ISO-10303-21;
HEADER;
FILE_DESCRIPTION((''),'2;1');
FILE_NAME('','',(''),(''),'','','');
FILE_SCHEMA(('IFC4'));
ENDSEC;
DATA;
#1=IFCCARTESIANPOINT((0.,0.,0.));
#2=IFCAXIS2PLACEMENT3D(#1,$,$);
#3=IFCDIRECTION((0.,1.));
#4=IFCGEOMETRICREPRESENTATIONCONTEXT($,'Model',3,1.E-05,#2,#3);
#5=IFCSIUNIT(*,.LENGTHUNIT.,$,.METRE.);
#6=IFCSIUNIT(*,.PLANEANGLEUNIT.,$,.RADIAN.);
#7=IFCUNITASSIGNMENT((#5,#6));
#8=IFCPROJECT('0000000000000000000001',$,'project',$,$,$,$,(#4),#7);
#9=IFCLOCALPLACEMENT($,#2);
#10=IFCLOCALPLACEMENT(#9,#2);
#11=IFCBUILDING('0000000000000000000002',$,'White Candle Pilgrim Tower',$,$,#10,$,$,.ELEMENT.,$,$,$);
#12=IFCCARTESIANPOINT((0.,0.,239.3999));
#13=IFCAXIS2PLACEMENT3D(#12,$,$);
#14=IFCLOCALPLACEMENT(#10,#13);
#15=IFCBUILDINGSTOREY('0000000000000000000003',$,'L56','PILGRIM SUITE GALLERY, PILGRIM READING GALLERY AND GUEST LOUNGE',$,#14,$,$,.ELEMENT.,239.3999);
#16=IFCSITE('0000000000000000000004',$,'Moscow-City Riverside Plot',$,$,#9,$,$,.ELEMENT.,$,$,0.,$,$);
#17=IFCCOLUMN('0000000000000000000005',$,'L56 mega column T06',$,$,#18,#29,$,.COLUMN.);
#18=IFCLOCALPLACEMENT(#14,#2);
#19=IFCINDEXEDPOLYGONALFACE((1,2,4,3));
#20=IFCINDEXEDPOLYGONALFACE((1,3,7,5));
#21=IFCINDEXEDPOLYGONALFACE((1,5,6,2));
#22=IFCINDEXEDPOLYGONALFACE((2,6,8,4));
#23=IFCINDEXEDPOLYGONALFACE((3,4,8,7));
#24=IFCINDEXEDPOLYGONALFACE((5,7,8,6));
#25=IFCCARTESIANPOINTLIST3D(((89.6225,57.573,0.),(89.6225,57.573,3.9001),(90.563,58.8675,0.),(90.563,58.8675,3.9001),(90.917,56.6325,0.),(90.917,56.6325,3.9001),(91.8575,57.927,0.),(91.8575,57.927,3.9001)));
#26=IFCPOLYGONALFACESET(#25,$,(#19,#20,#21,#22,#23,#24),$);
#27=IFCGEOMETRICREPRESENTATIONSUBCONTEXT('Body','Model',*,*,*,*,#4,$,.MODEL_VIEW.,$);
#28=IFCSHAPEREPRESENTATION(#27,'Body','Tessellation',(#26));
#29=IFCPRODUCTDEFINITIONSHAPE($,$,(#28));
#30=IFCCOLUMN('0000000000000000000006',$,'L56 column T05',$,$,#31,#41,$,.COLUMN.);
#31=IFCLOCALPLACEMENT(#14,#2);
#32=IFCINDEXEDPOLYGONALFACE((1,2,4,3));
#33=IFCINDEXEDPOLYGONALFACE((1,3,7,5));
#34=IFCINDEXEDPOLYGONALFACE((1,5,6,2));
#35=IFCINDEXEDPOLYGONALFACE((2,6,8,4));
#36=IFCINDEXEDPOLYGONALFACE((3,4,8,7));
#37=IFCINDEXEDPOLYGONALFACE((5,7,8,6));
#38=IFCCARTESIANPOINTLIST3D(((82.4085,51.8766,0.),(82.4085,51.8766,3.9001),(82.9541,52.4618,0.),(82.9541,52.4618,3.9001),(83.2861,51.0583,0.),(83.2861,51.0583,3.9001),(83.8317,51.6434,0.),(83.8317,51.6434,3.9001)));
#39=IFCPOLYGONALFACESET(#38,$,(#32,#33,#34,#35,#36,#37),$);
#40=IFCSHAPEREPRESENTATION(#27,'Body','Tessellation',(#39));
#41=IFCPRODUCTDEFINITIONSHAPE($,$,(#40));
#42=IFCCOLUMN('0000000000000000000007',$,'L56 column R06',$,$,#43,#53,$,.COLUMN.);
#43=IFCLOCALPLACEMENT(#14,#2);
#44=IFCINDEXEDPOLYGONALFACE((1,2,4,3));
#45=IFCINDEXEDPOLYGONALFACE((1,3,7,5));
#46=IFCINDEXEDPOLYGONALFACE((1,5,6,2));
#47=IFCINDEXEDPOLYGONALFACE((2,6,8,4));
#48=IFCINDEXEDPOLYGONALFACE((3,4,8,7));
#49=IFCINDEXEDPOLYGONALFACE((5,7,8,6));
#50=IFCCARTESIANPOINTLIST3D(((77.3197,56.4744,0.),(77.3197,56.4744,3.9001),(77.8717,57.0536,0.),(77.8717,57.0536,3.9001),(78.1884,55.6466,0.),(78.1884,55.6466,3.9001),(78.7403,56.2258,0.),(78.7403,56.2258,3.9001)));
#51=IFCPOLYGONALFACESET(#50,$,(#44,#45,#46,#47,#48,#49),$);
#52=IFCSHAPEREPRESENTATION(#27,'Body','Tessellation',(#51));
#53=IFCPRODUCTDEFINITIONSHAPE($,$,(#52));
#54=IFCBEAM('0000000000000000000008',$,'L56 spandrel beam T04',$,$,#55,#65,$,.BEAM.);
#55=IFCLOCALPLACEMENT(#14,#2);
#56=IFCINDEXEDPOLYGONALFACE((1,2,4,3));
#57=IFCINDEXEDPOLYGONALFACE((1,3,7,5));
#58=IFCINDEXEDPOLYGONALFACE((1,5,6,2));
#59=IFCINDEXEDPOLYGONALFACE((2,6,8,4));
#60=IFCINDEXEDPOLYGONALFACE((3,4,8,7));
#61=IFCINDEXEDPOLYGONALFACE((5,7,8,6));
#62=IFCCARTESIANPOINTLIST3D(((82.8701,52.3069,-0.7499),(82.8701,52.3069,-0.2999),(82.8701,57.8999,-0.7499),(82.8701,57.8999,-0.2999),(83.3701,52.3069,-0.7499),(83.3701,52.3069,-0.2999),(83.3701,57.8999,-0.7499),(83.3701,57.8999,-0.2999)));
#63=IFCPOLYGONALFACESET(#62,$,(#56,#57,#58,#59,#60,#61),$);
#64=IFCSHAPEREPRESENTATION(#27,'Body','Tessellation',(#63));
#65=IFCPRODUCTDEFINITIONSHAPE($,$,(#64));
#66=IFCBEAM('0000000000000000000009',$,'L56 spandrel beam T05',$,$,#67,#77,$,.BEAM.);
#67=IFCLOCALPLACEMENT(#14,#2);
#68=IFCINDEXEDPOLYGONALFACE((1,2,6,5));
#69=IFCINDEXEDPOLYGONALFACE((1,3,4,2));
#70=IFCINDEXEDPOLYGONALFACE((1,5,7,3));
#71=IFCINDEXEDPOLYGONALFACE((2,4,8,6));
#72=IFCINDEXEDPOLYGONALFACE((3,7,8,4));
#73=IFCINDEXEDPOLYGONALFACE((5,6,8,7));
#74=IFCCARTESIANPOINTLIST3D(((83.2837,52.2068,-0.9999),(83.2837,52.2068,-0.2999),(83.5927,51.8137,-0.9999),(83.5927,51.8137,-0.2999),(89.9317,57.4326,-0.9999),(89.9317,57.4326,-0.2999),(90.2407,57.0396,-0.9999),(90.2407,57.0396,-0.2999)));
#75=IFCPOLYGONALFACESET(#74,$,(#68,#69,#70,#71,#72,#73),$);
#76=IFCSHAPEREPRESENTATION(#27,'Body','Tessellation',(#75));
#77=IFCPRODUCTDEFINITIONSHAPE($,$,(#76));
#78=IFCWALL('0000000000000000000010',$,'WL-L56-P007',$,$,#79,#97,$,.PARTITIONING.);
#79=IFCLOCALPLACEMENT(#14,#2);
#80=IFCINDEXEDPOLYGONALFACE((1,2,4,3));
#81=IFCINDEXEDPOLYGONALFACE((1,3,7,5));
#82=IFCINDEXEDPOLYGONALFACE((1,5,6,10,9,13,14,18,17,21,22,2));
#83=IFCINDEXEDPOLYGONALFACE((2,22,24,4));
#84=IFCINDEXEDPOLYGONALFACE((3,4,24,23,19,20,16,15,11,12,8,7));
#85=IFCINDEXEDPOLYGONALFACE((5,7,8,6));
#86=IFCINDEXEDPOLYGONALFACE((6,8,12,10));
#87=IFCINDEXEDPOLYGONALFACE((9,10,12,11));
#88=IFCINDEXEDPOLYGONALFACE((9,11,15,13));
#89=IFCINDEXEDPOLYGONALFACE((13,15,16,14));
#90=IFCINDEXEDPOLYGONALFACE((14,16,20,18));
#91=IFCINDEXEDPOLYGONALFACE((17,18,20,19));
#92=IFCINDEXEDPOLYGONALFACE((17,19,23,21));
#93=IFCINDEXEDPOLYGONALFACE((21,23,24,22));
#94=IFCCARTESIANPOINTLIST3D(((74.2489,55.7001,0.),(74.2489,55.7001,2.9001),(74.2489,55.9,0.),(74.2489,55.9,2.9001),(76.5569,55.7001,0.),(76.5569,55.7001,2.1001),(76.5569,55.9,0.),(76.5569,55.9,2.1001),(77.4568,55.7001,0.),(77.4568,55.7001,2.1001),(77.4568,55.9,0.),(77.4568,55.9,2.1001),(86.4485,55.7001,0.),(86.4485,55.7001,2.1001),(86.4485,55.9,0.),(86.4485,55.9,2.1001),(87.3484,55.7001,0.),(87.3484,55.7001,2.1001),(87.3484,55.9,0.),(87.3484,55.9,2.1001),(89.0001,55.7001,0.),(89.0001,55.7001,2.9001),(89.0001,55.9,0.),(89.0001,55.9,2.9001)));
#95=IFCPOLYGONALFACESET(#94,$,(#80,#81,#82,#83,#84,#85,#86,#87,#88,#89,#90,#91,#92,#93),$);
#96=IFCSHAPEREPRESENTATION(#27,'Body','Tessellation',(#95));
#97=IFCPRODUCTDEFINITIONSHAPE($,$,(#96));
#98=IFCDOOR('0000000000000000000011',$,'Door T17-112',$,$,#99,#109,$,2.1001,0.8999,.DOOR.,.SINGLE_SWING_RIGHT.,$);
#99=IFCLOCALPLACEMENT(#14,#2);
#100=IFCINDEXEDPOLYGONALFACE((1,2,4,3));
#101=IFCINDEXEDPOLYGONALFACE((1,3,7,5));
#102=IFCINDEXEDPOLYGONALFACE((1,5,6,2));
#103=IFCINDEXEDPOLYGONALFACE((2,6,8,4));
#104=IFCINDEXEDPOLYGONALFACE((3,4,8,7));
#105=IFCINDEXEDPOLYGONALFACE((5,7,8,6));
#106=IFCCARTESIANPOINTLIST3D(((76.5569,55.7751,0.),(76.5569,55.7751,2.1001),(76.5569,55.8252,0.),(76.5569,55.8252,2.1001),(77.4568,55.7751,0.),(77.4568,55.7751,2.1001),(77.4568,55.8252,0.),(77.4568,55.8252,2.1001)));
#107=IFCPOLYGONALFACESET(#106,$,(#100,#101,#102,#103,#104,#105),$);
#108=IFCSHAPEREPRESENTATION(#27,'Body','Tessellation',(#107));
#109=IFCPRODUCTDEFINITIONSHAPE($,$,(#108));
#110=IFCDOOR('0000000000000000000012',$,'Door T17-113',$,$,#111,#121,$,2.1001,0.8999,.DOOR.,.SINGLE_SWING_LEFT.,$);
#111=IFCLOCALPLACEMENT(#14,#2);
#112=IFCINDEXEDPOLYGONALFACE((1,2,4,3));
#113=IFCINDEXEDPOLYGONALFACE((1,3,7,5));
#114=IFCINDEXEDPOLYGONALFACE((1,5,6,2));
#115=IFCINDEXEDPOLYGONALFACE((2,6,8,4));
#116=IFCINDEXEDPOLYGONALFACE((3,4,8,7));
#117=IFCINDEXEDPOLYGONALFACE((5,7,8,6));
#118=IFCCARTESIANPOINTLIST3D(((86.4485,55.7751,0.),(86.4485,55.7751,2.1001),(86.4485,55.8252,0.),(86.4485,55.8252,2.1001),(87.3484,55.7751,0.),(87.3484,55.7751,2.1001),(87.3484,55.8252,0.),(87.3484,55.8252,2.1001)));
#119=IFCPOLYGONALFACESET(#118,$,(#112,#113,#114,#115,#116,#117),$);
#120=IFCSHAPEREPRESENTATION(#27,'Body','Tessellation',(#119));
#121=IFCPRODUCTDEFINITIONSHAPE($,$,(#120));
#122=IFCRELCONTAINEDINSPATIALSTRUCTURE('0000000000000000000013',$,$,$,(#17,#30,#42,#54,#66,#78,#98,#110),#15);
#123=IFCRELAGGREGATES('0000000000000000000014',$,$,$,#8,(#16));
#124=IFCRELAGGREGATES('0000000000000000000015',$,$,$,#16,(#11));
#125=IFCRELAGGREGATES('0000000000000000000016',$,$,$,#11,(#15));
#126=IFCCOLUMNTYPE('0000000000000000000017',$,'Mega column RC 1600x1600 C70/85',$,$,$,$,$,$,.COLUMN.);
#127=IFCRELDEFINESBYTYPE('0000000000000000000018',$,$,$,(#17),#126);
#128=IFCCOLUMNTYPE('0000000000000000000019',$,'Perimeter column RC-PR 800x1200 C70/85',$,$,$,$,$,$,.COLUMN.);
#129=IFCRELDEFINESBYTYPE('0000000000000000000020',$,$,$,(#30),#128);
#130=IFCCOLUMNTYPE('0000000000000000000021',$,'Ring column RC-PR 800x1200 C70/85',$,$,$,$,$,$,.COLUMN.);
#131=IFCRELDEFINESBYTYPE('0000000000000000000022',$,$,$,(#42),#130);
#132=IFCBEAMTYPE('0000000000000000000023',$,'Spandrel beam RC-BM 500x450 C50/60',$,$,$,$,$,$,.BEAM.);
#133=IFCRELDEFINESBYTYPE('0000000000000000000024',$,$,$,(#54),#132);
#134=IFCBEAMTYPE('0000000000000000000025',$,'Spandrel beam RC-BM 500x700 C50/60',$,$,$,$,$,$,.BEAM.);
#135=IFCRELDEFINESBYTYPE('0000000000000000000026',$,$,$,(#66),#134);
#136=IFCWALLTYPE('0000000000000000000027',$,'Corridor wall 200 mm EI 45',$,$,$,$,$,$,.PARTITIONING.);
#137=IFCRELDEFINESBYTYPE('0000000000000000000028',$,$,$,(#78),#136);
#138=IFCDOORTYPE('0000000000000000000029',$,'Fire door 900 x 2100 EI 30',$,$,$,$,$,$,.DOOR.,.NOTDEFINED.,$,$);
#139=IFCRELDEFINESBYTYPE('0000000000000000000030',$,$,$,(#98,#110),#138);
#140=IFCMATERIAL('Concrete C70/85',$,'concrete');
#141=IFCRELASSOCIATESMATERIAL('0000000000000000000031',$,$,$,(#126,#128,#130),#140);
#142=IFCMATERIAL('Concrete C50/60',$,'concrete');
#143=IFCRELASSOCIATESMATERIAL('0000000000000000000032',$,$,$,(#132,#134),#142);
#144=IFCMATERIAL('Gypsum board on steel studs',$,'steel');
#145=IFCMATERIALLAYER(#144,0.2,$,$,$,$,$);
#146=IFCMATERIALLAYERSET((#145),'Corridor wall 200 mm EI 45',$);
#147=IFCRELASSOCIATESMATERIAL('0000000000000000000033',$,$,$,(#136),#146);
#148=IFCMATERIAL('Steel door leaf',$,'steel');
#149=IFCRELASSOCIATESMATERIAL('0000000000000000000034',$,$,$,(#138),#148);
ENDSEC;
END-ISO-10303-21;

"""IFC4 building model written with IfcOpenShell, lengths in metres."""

from ifc_helpers import new_model, si_unit, direction, frame, frame_2d, origin, origin_2d, place, context, subcontext, project, spatial, rectangle, extrude, material, layer, layer_set, material_profile, profile_set, type_object, element, fill, save


model = new_model("IFC4")

# Units and contexts
model_context = context("Model", 3, precision=1e-05, world=origin(), true_north=direction((0.0, 1.0)))
body_context = subcontext(model_context, "Body", "Model", "MODEL_VIEW")
ifc_project = project(units=[si_unit("LENGTHUNIT", "METRE"), si_unit("PLANEANGLEUNIT", "RADIAN")], contexts=[model_context])

# Site, building, storey
site_placement = place(None, origin())
site = spatial("IfcSite", under=ifc_project, at=site_placement, Name="Moscow-City Riverside Plot", CompositionType="ELEMENT", RefElevation=0.0)
building_placement = place(site_placement, origin())
building = spatial("IfcBuilding", under=site, at=building_placement, Name="White Candle Pilgrim Tower", CompositionType="ELEMENT")
storey_placement = place(building_placement, frame((0.0, 0.0, 239.3999)))
storey = spatial("IfcBuildingStorey", under=building, at=storey_placement, Name="L56", Description="PILGRIM SUITE GALLERY, PILGRIM READING GALLERY AND GUEST LOUNGE", CompositionType="ELEMENT", Elevation=239.3999)

# Columns
ifc_material_1 = material(Name="Concrete C70/85", Category="concrete")
ifc_material_profile_1 = material_profile(ifc_material_1, rectangle(XDim=1.6001, YDim=1.6001, at=origin_2d()), Name="RC 1600x1600")
ifc_profile_set_1 = profile_set([ifc_material_profile_1], Name="Concrete C70/85")
column_type_1 = type_object("IfcColumnType", Name="Mega column RC 1600x1600 C70/85", PredefinedType="COLUMN", material=ifc_profile_set_1)
column_1_placement = place(storey_placement, frame((90.74, 57.75, 0.0), z_axis=(0.0, 0.0, 1.0), x_axis=(0.809017, -0.587785, 0.0)))
element("IfcColumn", 1, at=column_1_placement, inside=storey, type_object=column_type_1, Name="L56 mega column T06", PredefinedType="COLUMN", context=body_context, shape_type="SweptSolid", body=[
    extrude(rectangle(XDim=1.6001, YDim=1.6001, at=origin_2d()), origin(), (0.0, 0.0, 1.0), 3.9001),
])
ifc_material_profile_2 = material_profile(ifc_material_1, rectangle(XDim=0.8, YDim=1.2, at=origin_2d()), Name="RC-PR 800x1200")
ifc_profile_set_2 = profile_set([ifc_material_profile_2], Name="Concrete C70/85")
column_type_2 = type_object("IfcColumnType", Name="Perimeter column RC-PR 800x1200 C70/85", PredefinedType="COLUMN", material=ifc_profile_set_2)
column_2_placement = place(storey_placement, frame((83.1201, 51.76, 0.0), z_axis=(0.0, 0.0, 1.0), x_axis=(-0.681998, -0.731354, 0.0)))
element("IfcColumn", 2, at=column_2_placement, inside=storey, type_object=column_type_2, Name="L56 column T05", PredefinedType="COLUMN", context=body_context, shape_type="SweptSolid", body=[
    extrude(rectangle(XDim=0.8, YDim=1.2, at=origin_2d()), origin(), (0.0, 0.0, 1.0), 3.9001),
])
ifc_material_profile_3 = material_profile(ifc_material_1, rectangle(XDim=0.8, YDim=1.2, at=origin_2d()), Name="RC-PR 800x1200")
ifc_profile_set_3 = profile_set([ifc_material_profile_3], Name="Concrete C70/85")
column_type_3 = type_object("IfcColumnType", Name="Ring column RC-PR 800x1200 C70/85", PredefinedType="COLUMN", material=ifc_profile_set_3)
column_3_placement = place(storey_placement, frame((78.03, 56.3501, 0.0), z_axis=(0.0, 0.0, 1.0), x_axis=(-0.689872, -0.723931, 0.0)))
element("IfcColumn", 3, at=column_3_placement, inside=storey, type_object=column_type_3, Name="L56 column R06", PredefinedType="COLUMN", context=body_context, shape_type="SweptSolid", body=[
    extrude(rectangle(XDim=0.8, YDim=1.2, at=origin_2d()), origin(), (0.0, 0.0, 1.0), 3.9001),
])

# Beams
ifc_material_2 = material(Name="Concrete C50/60", Category="concrete")
ifc_material_profile_4 = material_profile(ifc_material_2, rectangle(XDim=0.5, YDim=0.45, at=origin_2d()), Name="RC-BM 500x450")
ifc_profile_set_4 = profile_set([ifc_material_profile_4], Name="Concrete C50/60")
beam_type_1 = type_object("IfcBeamType", Name="Spandrel beam RC-BM 500x450 C50/60", PredefinedType="BEAM", material=ifc_profile_set_4)
beam_1_placement = place(storey_placement, frame((83.1201, 52.3069, -0.5249), z_axis=(0.0, 1.0, 0.0), x_axis=(-1.0, 0.0, 0.0)))
element("IfcBeam", 4, at=beam_1_placement, inside=storey, type_object=beam_type_1, Name="L56 spandrel beam T04", PredefinedType="BEAM", context=body_context, shape_type="SweptSolid", body=[
    extrude(rectangle(XDim=0.5, YDim=0.45, at=origin_2d()), origin(), (0.0, 0.0, 1.0), 5.593),
])
ifc_material_profile_5 = material_profile(ifc_material_2, rectangle(XDim=0.5, YDim=0.7, at=origin_2d()), Name="RC-BM 500x700")
ifc_profile_set_5 = profile_set([ifc_material_profile_5], Name="Concrete C50/60")
beam_type_2 = type_object("IfcBeamType", Name="Spandrel beam RC-BM 500x700 C50/60", PredefinedType="BEAM", material=ifc_profile_set_5)
beam_2_placement = place(storey_placement, frame((83.4382, 52.0103, -0.6499), z_axis=(0.786178, 0.618, 0.0), x_axis=(-0.618, 0.786178, 0.0)))
element("IfcBeam", 5, at=beam_2_placement, inside=storey, type_object=beam_type_2, Name="L56 spandrel beam T05", PredefinedType="BEAM", context=body_context, shape_type="SweptSolid", body=[
    extrude(rectangle(XDim=0.5, YDim=0.7, at=origin_2d()), origin(), (0.0, 0.0, 1.0), 8.4561),
])

# Wall, openings, doors
ifc_material_3 = material(Name="Gypsum board on steel studs", Category="steel")
ifc_layer_1 = layer(ifc_material_3, 0.2)
ifc_layer_set_1 = layer_set([ifc_layer_1], Name="Corridor wall 200 mm EI 45")
wall_type_1 = type_object("IfcWallType", Name="Corridor wall 200 mm EI 45", PredefinedType="PARTITIONING", material=ifc_layer_set_1)
wall_1_placement = place(storey_placement, frame((89.0, 55.8, 0.0), z_axis=(0.0, 0.0, 1.0), x_axis=(-1.0, 0.0, 0.0)))
wall_1 = element("IfcWall", 6, at=wall_1_placement, inside=storey, type_object=wall_type_1, Name="WL-L56-P007", PredefinedType="PARTITIONING", context=body_context, shape_type="SweptSolid", body=[
    extrude(rectangle(XDim=14.7512, YDim=0.2, at=frame_2d((7.3755, 0.0))), origin(), (0.0, 0.0, 1.0), 2.9001),
])
opening_1_placement = place(wall_1_placement, frame((11.5432, 0.0, 0.0)))
opening_1 = element("IfcOpeningElement", 7, at=opening_1_placement, cuts=wall_1, PredefinedType="OPENING", context=body_context, shape_type="SweptSolid", body=[
    extrude(rectangle(XDim=0.8999, YDim=2.1001, at=frame_2d((0.45, 1.05))), frame((0.0, 0.1099, 0.0), z_axis=(0.0, -1.0, 0.0), x_axis=(1.0, 0.0, 0.0)), (0.0, 0.0, 1.0), 0.22),
])
opening_2_placement = place(wall_1_placement, frame((1.6516, 0.0, 0.0)))
opening_2 = element("IfcOpeningElement", 8, at=opening_2_placement, cuts=wall_1, PredefinedType="OPENING", context=body_context, shape_type="SweptSolid", body=[
    extrude(rectangle(XDim=0.8999, YDim=2.1001, at=frame_2d((0.45, 1.05))), frame((0.0, 0.1099, 0.0), z_axis=(0.0, -1.0, 0.0), x_axis=(1.0, 0.0, 0.0)), (0.0, 0.0, 1.0), 0.22),
])
ifc_material_4 = material(Name="Steel door leaf", Category="steel")
door_type_1 = type_object("IfcDoorType", Name="Fire door 900 x 2100 EI 30", OperationType="NOTDEFINED", PredefinedType="DOOR", material=ifc_material_4)
door_1_placement = place(opening_1_placement, origin())
door_1 = element("IfcDoor", 9, at=door_1_placement, inside=storey, type_object=door_type_1, Name="Door T17-112", OperationType="SINGLE_SWING_RIGHT", OverallHeight=2.1001, OverallWidth=0.8999, PredefinedType="DOOR", context=body_context, shape_type="SweptSolid", body=[
    extrude(rectangle(XDim=0.8999, YDim=2.1001, at=frame_2d((0.45, 1.05))), frame((0.0, 0.0249, 0.0), z_axis=(0.0, -1.0, 0.0), x_axis=(1.0, 0.0, 0.0)), (0.0, 0.0, 1.0), 0.05),
])
fill(opening_1, door_1)
door_2_placement = place(opening_2_placement, origin())
door_2 = element("IfcDoor", 10, at=door_2_placement, inside=storey, type_object=door_type_1, Name="Door T17-113", OperationType="SINGLE_SWING_LEFT", OverallHeight=2.1001, OverallWidth=0.8999, PredefinedType="DOOR", context=body_context, shape_type="SweptSolid", body=[
    extrude(rectangle(XDim=0.8999, YDim=2.1001, at=frame_2d((0.45, 1.05))), frame((0.0, 0.0249, 0.0), z_axis=(0.0, -1.0, 0.0), x_axis=(1.0, 0.0, 0.0)), (0.0, 0.0, 1.0), 0.05),
])
fill(opening_2, door_2)

save(model, "model.ifc")
